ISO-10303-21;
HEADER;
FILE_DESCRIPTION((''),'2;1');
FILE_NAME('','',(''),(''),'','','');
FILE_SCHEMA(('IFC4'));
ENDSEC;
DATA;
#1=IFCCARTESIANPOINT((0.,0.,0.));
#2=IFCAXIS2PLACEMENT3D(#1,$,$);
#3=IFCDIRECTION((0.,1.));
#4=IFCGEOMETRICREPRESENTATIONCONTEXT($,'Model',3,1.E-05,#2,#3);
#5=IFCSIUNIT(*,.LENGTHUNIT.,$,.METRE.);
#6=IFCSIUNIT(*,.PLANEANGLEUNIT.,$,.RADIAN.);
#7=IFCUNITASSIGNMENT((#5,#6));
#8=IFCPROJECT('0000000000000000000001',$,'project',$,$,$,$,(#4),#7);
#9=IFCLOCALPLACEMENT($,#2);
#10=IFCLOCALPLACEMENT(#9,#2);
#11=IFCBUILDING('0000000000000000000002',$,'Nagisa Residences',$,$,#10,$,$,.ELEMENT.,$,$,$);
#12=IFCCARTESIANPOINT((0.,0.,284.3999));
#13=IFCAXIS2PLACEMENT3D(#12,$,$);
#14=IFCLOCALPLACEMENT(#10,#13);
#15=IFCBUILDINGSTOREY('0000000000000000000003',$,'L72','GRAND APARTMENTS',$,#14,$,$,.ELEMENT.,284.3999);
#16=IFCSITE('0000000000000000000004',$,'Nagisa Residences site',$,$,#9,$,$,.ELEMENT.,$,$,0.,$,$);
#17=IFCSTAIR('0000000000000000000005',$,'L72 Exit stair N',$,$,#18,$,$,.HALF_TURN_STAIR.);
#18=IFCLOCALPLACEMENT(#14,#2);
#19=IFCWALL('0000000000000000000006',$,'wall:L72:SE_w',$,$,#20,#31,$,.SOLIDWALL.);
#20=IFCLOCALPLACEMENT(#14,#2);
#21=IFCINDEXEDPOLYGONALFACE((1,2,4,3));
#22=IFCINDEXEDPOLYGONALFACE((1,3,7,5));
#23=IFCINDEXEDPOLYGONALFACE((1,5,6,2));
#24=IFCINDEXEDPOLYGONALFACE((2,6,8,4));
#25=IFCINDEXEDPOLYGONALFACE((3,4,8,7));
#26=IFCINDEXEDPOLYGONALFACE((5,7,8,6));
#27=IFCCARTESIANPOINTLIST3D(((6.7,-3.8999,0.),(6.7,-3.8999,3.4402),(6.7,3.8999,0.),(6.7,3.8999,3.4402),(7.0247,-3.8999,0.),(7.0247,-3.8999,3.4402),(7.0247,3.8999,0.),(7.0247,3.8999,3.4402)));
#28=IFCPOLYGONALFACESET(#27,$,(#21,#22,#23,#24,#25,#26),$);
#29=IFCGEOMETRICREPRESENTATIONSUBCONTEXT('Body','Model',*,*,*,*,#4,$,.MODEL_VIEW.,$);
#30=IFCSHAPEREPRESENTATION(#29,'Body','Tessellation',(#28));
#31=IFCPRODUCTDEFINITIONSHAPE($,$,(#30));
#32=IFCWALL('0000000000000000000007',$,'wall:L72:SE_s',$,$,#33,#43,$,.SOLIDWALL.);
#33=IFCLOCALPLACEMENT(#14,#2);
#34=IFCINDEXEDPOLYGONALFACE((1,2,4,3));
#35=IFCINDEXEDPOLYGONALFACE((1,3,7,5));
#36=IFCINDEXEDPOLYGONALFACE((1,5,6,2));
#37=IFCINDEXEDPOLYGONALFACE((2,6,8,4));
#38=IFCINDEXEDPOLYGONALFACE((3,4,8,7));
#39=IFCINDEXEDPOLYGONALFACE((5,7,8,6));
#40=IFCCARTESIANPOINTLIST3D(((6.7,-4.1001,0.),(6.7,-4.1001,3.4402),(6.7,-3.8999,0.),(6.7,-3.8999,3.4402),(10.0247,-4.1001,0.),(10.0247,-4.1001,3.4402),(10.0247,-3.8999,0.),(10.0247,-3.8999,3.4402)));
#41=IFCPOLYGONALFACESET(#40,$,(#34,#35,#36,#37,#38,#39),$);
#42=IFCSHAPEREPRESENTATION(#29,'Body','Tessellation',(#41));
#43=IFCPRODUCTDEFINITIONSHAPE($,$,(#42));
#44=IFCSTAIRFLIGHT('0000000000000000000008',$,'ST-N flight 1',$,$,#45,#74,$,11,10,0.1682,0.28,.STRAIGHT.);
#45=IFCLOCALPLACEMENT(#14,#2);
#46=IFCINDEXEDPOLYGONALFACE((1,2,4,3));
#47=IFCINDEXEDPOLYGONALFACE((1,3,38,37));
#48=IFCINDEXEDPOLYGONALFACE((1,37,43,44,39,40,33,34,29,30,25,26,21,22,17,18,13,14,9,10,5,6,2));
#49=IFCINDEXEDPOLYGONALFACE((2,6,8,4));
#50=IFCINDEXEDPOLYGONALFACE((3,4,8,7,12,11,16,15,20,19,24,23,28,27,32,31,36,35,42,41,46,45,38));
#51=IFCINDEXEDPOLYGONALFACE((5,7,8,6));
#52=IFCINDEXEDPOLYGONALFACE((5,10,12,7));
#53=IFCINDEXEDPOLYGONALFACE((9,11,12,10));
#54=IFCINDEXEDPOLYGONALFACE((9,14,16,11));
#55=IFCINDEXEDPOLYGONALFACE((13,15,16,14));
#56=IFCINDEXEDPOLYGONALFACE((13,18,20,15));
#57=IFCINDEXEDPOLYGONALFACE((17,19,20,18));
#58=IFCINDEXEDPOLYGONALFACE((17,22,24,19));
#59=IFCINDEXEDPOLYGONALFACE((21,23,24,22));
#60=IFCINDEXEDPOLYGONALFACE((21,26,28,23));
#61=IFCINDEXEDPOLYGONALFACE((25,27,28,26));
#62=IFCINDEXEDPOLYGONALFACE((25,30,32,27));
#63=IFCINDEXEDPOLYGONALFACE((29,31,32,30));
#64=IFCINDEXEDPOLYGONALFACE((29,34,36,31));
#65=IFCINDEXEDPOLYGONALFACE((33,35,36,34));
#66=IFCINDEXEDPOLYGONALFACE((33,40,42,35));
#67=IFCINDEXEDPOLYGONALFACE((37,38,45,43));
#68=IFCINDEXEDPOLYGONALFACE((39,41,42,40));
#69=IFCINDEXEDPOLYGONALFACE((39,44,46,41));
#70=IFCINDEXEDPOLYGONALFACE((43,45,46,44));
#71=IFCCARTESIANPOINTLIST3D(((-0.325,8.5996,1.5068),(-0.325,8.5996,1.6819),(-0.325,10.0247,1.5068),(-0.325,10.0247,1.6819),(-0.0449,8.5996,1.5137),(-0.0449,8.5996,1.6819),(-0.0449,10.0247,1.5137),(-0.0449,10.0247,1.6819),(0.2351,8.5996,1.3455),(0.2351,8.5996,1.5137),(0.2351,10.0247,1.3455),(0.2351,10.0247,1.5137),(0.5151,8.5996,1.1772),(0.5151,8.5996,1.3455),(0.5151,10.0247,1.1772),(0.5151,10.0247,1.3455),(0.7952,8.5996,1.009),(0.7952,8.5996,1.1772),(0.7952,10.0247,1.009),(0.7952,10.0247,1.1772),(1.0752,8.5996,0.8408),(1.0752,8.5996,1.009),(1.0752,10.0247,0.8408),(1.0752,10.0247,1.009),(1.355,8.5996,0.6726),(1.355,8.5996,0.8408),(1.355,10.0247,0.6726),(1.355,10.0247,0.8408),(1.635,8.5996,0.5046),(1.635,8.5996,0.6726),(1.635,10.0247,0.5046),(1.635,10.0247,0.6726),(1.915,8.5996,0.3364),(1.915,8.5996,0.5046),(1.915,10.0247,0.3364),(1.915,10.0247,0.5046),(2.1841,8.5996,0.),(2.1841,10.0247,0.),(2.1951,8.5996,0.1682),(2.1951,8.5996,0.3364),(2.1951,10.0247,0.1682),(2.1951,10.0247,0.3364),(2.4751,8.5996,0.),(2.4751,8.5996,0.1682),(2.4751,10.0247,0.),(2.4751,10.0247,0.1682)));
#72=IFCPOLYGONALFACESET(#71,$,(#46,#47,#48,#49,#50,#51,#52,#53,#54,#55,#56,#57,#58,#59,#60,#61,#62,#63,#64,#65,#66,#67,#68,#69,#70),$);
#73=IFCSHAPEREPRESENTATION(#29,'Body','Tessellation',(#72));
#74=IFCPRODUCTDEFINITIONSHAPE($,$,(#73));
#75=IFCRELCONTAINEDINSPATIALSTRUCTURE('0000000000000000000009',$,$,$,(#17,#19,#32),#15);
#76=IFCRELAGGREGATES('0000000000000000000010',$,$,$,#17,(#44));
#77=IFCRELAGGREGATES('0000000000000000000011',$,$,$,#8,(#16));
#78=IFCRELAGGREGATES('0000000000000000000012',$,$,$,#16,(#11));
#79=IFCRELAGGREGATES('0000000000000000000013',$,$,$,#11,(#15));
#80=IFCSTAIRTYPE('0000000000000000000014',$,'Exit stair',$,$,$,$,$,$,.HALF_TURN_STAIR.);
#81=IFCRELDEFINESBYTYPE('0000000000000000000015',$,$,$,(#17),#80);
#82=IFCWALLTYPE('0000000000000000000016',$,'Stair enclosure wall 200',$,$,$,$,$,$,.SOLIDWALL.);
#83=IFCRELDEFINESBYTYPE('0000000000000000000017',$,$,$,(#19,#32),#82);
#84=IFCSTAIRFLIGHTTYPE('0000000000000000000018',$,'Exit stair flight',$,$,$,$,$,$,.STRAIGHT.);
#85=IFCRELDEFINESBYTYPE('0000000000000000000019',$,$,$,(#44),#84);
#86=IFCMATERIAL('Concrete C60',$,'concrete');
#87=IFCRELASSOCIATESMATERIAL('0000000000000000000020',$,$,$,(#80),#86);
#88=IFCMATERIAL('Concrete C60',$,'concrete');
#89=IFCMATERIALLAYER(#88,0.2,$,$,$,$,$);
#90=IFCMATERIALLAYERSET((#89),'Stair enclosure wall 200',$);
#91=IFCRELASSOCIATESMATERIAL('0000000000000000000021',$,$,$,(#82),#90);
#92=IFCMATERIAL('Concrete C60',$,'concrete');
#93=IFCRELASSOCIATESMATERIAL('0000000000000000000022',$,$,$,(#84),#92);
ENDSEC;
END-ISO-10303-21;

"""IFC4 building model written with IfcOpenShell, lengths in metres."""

from ifc_helpers import new_model, si_unit, direction, frame, origin, place, context, subcontext, project, spatial, polyline, outline, extrude, material, layer, layer_set, type_object, element, aggregate, save


model = new_model("IFC4")

# Units and contexts
model_context = context("Model", 3, precision=1e-05, world=origin(), true_north=direction((0.0, 1.0)))
body_context = subcontext(model_context, "Body", "Model", "MODEL_VIEW")
ifc_project = project(units=[si_unit("LENGTHUNIT", "METRE"), si_unit("PLANEANGLEUNIT", "RADIAN")], contexts=[model_context])

# Site, building, storey
site_placement = place(None, origin())
site = spatial("IfcSite", under=ifc_project, at=site_placement, Name="Nagisa Residences site", CompositionType="ELEMENT", RefElevation=0.0)
building_placement = place(site_placement, origin())
building = spatial("IfcBuilding", under=site, at=building_placement, Name="Nagisa Residences", CompositionType="ELEMENT")
storey_placement = place(building_placement, frame((0.0, 0.0, 284.3999)))
storey = spatial("IfcBuildingStorey", under=building, at=storey_placement, Name="L72", Description="GRAND APARTMENTS", CompositionType="ELEMENT", Elevation=284.3999)

# Stair
ifc_material_1 = material(Name="Concrete C60", Category="concrete")
stair_type = type_object("IfcStairType", Name="Exit stair", PredefinedType="HALF_TURN_STAIR", material=ifc_material_1)
stair_1_placement = place(storey_placement, origin())
stair_1 = element("IfcStair", 1, at=stair_1_placement, inside=storey, type_object=stair_type, Name="L72 Exit stair N", PredefinedType="HALF_TURN_STAIR")

# Shared definitions
ifc_material_2 = material(Name="Concrete C60", Category="concrete")
ifc_layer_1 = layer(ifc_material_2, 0.2)
ifc_layer_set_1 = layer_set([ifc_layer_1], Name="Stair enclosure wall 200")
wall_type_1 = type_object("IfcWallType", Name="Stair enclosure wall 200", PredefinedType="SOLIDWALL", material=ifc_layer_set_1)

# Walls
wall_1_placement = place(storey_placement, origin())
element("IfcWall", 2, at=wall_1_placement, inside=storey, type_object=wall_type_1, Name="wall:L72:SE_w", PredefinedType="SOLIDWALL", context=body_context, shape_type="SweptSolid", body=[
    extrude(outline(polyline([(7.0247, -3.8999), (6.7, -3.8999), (6.7, 3.8999), (7.0247, 3.8999), (7.0247, -3.8999)])), origin(), (0.0, 0.0, 1.0), 3.4402),
])
wall_2_placement = place(storey_placement, origin())
element("IfcWall", 3, at=wall_2_placement, inside=storey, type_object=wall_type_1, Name="wall:L72:SE_s", PredefinedType="SOLIDWALL", context=body_context, shape_type="SweptSolid", body=[
    extrude(outline(polyline([(10.0247, -4.1001), (6.7, -4.1001), (6.7, -3.8999), (10.0247, -3.8999), (10.0247, -4.1001)])), origin(), (0.0, 0.0, 1.0), 3.4402),
])

# Stair flight
ifc_material_3 = material(Name="Concrete C60", Category="concrete")
stair_flight_type = type_object("IfcStairFlightType", Name="Exit stair flight", PredefinedType="STRAIGHT", material=ifc_material_3)
stair_flight_placement = place(storey_placement, frame((2.4751, 9.312, 0.0), z_axis=(0.0, 0.0, 1.0), x_axis=(-1.0, 0.0, 0.0)))
stair_flight = element("IfcStairFlight", 4, at=stair_flight_placement, type_object=stair_flight_type, Name="ST-N flight 1", NumberOfRisers=11, NumberOfTreads=10, PredefinedType="STRAIGHT", RiserHeight=0.1682, TreadLength=0.28, context=body_context, shape_type="SweptSolid", body=[
    extrude(outline(polyline([(0.0, 0.0), (0.0, 0.1682), (0.28, 0.1682), (0.28, 0.3364), (0.5601, 0.3364), (0.5601, 0.5046), (0.8401, 0.5046), (0.8401, 0.6726), (1.1201, 0.6726), (1.1201, 0.8408), (1.3999, 0.8408), (1.3999, 1.009), (1.6799, 1.009), (1.6799, 1.1772), (1.96, 1.1772), (1.96, 1.3455), (2.24, 1.3455), (2.24, 1.5137), (2.52, 1.5137), (2.52, 1.6819), (2.8, 1.6819), (2.8, 1.8501), (2.8, 1.5068), (0.291, 0.0), (0.0, 0.0)])), frame((0.0, 0.7124, 0.0), z_axis=(0.0, -1.0, 0.0), x_axis=(1.0, 0.0, 0.0)), (0.0, 0.0, 1.0), 1.425),
])
aggregate(stair_1, [stair_flight])

save(model, "model.ifc")
